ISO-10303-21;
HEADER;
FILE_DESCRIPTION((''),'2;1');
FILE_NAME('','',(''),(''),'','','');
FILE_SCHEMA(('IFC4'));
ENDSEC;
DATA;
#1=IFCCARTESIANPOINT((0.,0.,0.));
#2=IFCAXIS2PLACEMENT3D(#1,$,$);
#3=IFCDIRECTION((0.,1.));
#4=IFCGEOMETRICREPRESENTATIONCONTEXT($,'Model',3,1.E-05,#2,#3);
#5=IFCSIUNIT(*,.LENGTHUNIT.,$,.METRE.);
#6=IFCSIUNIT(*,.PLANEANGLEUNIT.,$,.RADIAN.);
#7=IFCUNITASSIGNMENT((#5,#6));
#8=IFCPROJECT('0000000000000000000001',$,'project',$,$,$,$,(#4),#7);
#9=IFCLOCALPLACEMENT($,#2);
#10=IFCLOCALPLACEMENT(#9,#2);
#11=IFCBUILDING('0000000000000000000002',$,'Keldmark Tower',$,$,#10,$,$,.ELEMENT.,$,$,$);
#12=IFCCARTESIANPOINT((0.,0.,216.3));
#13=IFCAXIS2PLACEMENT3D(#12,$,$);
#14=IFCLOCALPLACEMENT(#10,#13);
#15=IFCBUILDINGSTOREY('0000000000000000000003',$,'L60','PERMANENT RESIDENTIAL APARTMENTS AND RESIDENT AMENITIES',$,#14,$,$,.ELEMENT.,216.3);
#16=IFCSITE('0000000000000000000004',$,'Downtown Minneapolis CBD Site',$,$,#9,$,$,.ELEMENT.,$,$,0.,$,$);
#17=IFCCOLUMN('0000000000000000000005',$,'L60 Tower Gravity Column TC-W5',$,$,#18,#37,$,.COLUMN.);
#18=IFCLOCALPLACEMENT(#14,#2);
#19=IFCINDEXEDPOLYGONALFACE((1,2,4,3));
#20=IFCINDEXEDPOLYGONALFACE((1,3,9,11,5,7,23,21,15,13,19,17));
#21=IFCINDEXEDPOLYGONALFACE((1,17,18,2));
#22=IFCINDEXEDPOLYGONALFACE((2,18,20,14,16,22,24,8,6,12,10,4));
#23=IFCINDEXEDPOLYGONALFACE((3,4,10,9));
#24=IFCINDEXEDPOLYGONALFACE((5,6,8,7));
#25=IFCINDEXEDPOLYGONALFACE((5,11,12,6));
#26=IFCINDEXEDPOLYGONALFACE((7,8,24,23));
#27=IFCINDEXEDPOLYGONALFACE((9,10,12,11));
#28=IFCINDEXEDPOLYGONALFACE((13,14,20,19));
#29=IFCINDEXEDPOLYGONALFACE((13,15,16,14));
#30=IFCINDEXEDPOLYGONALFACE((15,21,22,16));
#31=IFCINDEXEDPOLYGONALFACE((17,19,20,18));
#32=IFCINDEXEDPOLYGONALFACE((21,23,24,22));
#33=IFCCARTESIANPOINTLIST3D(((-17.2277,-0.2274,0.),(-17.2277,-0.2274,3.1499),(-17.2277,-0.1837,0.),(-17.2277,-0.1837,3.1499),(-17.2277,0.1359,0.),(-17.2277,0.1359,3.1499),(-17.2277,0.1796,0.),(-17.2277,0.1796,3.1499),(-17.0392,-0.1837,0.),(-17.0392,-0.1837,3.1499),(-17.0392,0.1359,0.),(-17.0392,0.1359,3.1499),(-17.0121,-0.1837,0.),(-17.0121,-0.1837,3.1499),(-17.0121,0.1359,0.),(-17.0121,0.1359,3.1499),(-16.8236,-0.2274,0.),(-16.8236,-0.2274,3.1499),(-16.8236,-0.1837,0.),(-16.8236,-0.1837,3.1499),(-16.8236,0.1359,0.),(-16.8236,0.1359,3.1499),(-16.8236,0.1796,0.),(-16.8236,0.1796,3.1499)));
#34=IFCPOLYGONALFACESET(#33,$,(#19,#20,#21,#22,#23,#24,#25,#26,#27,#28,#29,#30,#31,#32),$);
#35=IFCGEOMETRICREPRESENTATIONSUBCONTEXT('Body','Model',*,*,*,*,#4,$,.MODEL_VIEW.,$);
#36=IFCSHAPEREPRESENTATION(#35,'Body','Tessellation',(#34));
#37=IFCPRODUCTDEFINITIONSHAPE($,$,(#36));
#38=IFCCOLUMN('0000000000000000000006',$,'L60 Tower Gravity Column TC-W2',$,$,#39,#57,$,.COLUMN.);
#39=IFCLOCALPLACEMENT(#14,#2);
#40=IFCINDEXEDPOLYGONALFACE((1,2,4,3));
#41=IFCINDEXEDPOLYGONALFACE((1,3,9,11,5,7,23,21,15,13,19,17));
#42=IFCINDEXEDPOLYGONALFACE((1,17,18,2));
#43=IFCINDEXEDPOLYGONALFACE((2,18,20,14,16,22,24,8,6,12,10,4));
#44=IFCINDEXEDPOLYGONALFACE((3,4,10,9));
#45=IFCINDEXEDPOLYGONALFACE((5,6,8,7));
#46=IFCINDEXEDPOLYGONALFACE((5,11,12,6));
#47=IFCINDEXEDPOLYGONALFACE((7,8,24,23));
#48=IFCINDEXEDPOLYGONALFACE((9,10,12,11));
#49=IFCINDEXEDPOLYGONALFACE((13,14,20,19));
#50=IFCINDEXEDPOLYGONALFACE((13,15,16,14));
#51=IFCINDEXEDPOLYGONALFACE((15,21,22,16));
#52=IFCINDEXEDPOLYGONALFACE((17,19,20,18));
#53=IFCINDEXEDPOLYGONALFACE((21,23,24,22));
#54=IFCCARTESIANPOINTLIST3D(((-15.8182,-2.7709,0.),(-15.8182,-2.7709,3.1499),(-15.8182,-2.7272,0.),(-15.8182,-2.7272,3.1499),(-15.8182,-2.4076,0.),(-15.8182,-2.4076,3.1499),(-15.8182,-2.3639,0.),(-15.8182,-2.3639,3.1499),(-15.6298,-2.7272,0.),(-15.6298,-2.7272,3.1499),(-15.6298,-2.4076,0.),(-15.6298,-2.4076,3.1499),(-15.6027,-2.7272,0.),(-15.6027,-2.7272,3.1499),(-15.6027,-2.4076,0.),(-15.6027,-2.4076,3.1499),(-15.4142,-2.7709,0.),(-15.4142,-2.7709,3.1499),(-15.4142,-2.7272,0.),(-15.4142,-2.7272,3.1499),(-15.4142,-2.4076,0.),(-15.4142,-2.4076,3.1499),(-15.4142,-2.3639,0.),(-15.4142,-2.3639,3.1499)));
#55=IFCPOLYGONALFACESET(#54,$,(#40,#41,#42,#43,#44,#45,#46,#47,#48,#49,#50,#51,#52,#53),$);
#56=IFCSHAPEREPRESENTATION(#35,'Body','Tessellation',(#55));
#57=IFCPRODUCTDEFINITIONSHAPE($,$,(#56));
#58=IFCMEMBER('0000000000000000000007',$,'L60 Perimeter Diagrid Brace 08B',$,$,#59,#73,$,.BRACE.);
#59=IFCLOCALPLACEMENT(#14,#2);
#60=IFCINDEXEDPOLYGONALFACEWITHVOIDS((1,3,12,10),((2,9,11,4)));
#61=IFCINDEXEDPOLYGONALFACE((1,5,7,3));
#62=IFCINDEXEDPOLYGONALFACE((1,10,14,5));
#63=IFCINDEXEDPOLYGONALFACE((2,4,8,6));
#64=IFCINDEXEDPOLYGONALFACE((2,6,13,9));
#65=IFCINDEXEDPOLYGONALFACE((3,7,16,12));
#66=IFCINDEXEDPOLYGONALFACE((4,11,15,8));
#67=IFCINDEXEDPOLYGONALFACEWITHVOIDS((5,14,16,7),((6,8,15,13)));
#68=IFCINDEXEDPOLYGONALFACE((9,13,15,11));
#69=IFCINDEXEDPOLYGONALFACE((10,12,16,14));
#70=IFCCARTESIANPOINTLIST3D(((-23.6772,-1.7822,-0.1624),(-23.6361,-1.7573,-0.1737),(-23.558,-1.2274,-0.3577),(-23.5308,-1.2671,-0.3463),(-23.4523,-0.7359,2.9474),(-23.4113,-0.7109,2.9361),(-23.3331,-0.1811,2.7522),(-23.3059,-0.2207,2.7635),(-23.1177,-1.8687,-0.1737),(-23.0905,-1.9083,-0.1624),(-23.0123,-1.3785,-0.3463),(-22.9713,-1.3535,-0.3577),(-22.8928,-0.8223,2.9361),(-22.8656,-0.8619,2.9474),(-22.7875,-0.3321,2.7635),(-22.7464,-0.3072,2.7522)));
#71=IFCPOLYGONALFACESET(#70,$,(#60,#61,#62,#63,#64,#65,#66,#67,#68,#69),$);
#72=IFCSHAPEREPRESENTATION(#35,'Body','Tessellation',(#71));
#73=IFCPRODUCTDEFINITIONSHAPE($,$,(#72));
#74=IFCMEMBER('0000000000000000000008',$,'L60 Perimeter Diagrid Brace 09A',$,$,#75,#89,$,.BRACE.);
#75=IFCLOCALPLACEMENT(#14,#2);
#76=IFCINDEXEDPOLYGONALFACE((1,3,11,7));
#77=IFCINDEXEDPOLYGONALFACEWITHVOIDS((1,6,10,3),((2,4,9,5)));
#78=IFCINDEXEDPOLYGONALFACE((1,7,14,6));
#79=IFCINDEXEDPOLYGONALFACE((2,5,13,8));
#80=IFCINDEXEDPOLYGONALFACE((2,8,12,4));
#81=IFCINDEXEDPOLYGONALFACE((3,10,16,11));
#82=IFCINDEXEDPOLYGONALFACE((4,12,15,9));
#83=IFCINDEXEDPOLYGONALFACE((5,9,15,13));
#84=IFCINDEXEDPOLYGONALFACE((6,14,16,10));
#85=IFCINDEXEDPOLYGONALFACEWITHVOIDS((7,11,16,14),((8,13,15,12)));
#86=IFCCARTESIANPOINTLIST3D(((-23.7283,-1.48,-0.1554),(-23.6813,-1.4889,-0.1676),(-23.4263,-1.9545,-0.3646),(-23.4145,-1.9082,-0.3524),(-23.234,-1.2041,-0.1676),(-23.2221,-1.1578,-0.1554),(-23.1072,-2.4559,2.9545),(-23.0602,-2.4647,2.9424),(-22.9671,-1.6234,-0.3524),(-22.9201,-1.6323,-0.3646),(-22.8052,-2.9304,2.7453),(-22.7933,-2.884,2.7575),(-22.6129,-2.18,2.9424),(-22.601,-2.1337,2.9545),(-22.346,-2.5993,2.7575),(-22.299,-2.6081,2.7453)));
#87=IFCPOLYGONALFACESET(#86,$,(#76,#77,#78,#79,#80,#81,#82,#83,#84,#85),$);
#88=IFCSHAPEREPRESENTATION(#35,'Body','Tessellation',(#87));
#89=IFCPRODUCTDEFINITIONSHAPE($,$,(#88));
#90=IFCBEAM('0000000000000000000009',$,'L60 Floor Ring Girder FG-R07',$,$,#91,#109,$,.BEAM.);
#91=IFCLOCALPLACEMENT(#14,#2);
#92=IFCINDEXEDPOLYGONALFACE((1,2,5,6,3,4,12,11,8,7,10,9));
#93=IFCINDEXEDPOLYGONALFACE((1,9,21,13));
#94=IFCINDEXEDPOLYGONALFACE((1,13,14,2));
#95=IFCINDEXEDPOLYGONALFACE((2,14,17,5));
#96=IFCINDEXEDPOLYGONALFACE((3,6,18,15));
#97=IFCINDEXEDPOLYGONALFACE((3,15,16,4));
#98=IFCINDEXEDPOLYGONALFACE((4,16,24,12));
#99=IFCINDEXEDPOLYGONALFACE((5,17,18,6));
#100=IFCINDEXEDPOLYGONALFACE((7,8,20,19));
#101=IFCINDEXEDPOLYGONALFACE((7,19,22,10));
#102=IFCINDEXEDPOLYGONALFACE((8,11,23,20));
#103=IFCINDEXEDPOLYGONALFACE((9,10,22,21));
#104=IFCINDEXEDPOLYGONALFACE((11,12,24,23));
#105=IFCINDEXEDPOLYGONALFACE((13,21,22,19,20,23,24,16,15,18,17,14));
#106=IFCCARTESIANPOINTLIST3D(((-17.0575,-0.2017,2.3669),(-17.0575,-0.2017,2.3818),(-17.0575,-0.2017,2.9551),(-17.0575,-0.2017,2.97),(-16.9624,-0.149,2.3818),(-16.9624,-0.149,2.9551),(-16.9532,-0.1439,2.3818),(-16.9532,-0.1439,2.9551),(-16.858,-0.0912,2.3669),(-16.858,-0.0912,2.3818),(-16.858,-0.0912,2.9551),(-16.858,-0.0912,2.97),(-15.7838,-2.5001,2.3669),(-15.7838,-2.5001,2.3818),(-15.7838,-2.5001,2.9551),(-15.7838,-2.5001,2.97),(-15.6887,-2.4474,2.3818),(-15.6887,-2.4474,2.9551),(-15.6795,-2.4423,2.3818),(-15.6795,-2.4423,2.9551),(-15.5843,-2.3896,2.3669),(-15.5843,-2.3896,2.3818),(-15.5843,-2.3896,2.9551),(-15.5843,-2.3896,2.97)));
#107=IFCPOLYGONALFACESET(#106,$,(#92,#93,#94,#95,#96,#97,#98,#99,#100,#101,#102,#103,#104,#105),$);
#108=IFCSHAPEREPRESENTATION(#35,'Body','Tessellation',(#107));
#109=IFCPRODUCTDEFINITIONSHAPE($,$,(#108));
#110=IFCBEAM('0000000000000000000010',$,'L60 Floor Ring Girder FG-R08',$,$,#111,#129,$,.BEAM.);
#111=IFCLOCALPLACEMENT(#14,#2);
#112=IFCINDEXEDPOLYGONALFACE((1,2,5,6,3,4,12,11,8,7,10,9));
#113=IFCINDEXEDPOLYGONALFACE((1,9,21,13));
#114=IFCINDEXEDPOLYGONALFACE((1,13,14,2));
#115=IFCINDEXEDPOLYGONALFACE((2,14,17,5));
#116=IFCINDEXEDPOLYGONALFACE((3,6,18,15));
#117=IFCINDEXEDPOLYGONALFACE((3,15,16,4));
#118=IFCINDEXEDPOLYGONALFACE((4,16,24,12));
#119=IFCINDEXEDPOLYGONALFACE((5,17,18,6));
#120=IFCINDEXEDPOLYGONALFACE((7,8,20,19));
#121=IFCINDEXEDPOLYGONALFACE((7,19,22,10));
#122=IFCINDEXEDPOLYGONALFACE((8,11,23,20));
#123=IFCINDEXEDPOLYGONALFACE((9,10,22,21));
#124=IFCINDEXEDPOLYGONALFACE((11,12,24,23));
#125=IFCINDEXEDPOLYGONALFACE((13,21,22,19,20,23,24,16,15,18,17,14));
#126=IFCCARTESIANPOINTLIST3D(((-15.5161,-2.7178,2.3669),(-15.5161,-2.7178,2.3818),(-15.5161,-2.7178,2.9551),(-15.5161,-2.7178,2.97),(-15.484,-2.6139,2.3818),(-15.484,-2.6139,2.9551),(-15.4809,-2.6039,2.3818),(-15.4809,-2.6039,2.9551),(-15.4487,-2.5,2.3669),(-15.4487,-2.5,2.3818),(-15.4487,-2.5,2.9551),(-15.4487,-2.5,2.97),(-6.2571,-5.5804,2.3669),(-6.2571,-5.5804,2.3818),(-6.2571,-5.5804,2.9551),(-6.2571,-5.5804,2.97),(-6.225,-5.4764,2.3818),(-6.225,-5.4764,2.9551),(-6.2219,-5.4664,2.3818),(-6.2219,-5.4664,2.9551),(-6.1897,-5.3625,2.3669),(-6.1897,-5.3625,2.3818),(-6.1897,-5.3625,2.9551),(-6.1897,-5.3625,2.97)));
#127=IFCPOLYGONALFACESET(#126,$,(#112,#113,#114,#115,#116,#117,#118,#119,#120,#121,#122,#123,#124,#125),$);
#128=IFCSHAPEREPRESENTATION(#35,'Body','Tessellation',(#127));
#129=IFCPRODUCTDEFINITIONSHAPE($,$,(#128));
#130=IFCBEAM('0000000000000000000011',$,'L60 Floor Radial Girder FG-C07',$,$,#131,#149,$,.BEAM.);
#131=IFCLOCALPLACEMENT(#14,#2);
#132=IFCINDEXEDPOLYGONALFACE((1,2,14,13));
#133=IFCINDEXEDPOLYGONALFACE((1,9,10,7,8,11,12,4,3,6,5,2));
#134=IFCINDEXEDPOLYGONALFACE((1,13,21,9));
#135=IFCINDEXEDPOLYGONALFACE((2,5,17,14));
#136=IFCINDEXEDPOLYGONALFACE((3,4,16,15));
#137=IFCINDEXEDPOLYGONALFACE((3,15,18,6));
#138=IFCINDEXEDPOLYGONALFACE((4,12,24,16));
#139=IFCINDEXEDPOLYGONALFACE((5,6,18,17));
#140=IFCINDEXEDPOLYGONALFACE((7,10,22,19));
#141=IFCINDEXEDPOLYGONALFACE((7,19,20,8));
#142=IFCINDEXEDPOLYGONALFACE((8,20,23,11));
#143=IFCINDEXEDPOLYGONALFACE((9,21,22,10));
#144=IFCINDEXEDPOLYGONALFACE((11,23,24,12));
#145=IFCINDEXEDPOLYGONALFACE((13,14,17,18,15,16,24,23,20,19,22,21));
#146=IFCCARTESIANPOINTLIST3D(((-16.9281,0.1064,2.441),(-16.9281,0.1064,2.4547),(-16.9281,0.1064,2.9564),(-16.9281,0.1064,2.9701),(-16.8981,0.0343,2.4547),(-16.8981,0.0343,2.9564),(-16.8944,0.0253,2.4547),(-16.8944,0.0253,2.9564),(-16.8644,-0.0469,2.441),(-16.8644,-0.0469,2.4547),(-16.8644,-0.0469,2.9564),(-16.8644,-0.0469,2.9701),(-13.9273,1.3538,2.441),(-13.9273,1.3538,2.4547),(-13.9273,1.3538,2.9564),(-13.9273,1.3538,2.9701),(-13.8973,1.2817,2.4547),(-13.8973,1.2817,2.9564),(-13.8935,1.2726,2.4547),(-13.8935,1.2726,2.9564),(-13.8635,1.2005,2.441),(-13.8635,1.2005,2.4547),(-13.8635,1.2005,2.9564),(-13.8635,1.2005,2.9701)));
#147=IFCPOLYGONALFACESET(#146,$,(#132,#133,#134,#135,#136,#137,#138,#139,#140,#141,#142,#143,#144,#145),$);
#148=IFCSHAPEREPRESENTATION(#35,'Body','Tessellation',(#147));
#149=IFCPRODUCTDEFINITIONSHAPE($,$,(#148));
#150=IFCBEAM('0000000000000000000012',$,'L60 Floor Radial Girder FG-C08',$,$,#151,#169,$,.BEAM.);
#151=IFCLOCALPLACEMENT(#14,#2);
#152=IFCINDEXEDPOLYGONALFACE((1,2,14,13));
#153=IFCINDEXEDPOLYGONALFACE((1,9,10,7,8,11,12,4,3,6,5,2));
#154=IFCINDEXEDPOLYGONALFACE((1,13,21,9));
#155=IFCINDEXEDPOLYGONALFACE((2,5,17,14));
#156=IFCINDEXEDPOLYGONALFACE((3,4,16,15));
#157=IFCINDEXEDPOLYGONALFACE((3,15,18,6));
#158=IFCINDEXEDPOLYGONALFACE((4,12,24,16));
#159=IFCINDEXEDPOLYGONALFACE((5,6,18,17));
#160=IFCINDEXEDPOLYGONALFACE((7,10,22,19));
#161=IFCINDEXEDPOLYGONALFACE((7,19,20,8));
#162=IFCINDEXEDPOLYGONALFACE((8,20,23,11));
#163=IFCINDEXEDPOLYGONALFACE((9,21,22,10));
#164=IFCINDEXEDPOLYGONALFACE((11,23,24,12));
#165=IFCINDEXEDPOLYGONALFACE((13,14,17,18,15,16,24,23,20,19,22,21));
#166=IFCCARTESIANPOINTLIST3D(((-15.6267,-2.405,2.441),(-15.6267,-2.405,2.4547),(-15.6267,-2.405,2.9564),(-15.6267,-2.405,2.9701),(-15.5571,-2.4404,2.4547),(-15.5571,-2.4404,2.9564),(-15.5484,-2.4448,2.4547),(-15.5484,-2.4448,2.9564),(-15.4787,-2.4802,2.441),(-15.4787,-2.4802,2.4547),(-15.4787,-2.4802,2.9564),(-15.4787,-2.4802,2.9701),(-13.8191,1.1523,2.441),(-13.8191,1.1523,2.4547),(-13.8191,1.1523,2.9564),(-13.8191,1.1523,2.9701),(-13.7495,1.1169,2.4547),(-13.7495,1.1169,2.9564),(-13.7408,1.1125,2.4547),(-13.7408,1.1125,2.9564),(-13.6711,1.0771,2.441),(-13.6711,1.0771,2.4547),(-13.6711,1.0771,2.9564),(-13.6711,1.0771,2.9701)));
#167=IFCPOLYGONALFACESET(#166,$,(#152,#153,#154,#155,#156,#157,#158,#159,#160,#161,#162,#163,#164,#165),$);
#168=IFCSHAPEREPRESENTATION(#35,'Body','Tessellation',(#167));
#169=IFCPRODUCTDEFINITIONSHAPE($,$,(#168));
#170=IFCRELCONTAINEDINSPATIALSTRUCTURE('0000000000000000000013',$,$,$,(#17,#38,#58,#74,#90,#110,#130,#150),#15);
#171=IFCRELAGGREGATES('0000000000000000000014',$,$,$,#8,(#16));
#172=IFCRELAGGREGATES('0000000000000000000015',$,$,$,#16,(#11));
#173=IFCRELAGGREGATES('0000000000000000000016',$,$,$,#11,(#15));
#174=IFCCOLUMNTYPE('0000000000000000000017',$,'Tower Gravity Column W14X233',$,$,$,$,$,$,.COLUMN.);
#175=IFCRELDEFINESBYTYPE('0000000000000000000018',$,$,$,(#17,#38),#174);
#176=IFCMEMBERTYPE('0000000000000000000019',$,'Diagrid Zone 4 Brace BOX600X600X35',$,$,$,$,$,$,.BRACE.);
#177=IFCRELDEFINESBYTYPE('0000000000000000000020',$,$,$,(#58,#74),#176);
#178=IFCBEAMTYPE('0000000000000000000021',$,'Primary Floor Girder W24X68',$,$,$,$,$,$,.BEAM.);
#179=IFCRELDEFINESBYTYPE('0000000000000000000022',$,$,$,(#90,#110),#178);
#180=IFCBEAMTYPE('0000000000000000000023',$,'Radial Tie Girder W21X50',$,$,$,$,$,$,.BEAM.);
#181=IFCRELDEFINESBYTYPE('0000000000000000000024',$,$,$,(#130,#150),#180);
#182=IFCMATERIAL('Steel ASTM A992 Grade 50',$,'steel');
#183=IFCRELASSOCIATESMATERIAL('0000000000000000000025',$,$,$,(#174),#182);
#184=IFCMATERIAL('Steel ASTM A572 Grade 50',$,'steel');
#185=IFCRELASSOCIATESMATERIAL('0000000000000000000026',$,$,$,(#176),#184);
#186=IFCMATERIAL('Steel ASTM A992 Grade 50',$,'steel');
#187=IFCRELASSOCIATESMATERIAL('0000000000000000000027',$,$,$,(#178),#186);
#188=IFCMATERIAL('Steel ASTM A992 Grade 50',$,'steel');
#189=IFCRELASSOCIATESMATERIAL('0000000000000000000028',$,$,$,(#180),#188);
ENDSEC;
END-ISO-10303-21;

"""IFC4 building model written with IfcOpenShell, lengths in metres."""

from ifc_helpers import new_model, si_unit, direction, frame, origin, origin_2d, place, context, subcontext, project, spatial, hollow_rectangle, i_section, extrude, material, material_profile, profile_set, type_object, element, save


model = new_model("IFC4")

# Units and contexts
model_context = context("Model", 3, precision=1e-05, world=origin(), true_north=direction((0.0, 1.0)))
body_context = subcontext(model_context, "Body", "Model", "MODEL_VIEW")
ifc_project = project(units=[si_unit("LENGTHUNIT", "METRE"), si_unit("PLANEANGLEUNIT", "RADIAN")], contexts=[model_context])

# Site, building, storey
site_placement = place(None, origin())
site = spatial("IfcSite", under=ifc_project, at=site_placement, Name="Downtown Minneapolis CBD Site", CompositionType="ELEMENT", RefElevation=0.0)
building_placement = place(site_placement, origin())
building = spatial("IfcBuilding", under=site, at=building_placement, Name="Keldmark Tower", CompositionType="ELEMENT")
storey_placement = place(building_placement, frame((0.0, 0.0, 216.3)))
storey = spatial("IfcBuildingStorey", under=building, at=storey_placement, Name="L60", Description="PERMANENT RESIDENTIAL APARTMENTS AND RESIDENT AMENITIES", CompositionType="ELEMENT", Elevation=216.3)

# Columns
ifc_material_1 = material(Name="Steel ASTM A992 Grade 50", Category="steel")
ifc_material_profile_1 = material_profile(ifc_material_1, i_section(OverallWidth=0.4041, OverallDepth=0.407, WebThickness=0.0271, FlangeThickness=0.0437, at=origin_2d()), Name="W14X233")
ifc_profile_set_1 = profile_set([ifc_material_profile_1], Name="Steel ASTM A992 Grade 50")
column_type = type_object("IfcColumnType", Name="Tower Gravity Column W14X233", PredefinedType="COLUMN", material=ifc_profile_set_1)
for number, where, z_axis, x_axis, name in (
    (1, (-17.0256, -0.0239, 0.0), (0.0, 0.0, 1.0), (1.0, 0.0, 0.0), "L60 Tower Gravity Column TC-W5"),
    (2, (-15.6162, -2.5674, 0.0), (0.0, 0.0, 1.0), (1.0, 0.0, 0.0), "L60 Tower Gravity Column TC-W2"),
):
    element("IfcColumn", number, at=place(storey_placement, frame(where, z_axis=z_axis, x_axis=x_axis)), inside=storey, type_object=column_type, Name=name, PredefinedType="COLUMN", context=body_context, shape_type="SweptSolid", body=[
        extrude(i_section(OverallWidth=0.4041, OverallDepth=0.407, WebThickness=0.0271, FlangeThickness=0.0437, at=origin_2d()), origin(), (0.0, 0.0, 1.0), 3.1499),
    ])

# Members
ifc_material_2 = material(Name="Steel ASTM A572 Grade 50", Category="steel")
ifc_material_profile_2 = material_profile(ifc_material_2, hollow_rectangle(XDim=0.6001, YDim=0.6001, WallThickness=0.0349, at=origin_2d()), Name="BOX600X600X35")
ifc_profile_set_2 = profile_set([ifc_material_profile_2], Name="Steel ASTM A572 Grade 50")
member_type = type_object("IfcMemberType", Name="Diagrid Zone 4 Brace BOX600X600X35", PredefinedType="BRACE", material=ifc_profile_set_2)
member_1_placement = place(storey_placement, frame((-23.3242, -1.5679, -0.26), z_axis=(0.068368, 0.318159, 0.945569), x_axis=(-0.977682, 0.21009, 0.0)))
element("IfcMember", 3, at=member_1_placement, inside=storey, type_object=member_type, Name="L60 Perimeter Diagrid Brace 08B", PredefinedType="BRACE", context=body_context, shape_type="SweptSolid", body=[
    extrude(hollow_rectangle(XDim=0.6001, YDim=0.6001, WallThickness=0.0349, at=origin_2d()), origin(), (0.0, 0.0, 1.0), 3.2888),
])
member_2_placement = place(storey_placement, frame((-23.3242, -1.5562, -0.26), z_axis=(0.187188, -0.2941, 0.937265), x_axis=(0.843618, 0.536944, 0.0)))
element("IfcMember", 4, at=member_2_placement, inside=storey, type_object=member_type, Name="L60 Perimeter Diagrid Brace 09A", PredefinedType="BRACE", context=body_context, shape_type="SweptSolid", body=[
    extrude(hollow_rectangle(XDim=0.6001, YDim=0.6001, WallThickness=0.0349, at=origin_2d()), origin(), (0.0, 0.0, 1.0), 3.3181),
])

# Beams
ifc_material_3 = material(Name="Steel ASTM A992 Grade 50", Category="steel")
ifc_material_profile_3 = material_profile(ifc_material_3, i_section(OverallWidth=0.228, OverallDepth=0.603, WebThickness=0.0105, FlangeThickness=0.0149, at=origin_2d()), Name="W24X68")
ifc_profile_set_3 = profile_set([ifc_material_profile_3], Name="Steel ASTM A992 Grade 50")
beam_type_1 = type_object("IfcBeamType", Name="Primary Floor Girder W24X68", PredefinedType="BEAM", material=ifc_profile_set_3)
beam_1_placement = place(storey_placement, frame((-16.9578, -0.1465, 2.6685), z_axis=(0.48472, -0.87467, 0.0), x_axis=(0.87467, 0.48472, 0.0)))
element("IfcBeam", 5, at=beam_1_placement, inside=storey, type_object=beam_type_1, Name="L60 Floor Ring Girder FG-R07", PredefinedType="BEAM", context=body_context, shape_type="SweptSolid", body=[
    extrude(i_section(OverallWidth=0.228, OverallDepth=0.603, WebThickness=0.0105, FlangeThickness=0.0149, at=origin_2d()), origin(), (0.0, 0.0, 1.0), 2.6277),
])
beam_2_placement = place(storey_placement, frame((-15.4824, -2.6089, 2.6685), z_axis=(0.955383, -0.295369, 0.0), x_axis=(0.295369, 0.955383, 0.0)))
element("IfcBeam", 6, at=beam_2_placement, inside=storey, type_object=beam_type_1, Name="L60 Floor Ring Girder FG-R08", PredefinedType="BEAM", context=body_context, shape_type="SweptSolid", body=[
    extrude(i_section(OverallWidth=0.228, OverallDepth=0.603, WebThickness=0.0105, FlangeThickness=0.0149, at=origin_2d()), origin(), (0.0, 0.0, 1.0), 9.6914),
])
ifc_material_4 = material(Name="Steel ASTM A992 Grade 50", Category="steel")
ifc_material_profile_4 = material_profile(ifc_material_4, i_section(OverallWidth=0.166, OverallDepth=0.5291, WebThickness=0.0098, FlangeThickness=0.0137, at=origin_2d()), Name="W21X50")
ifc_profile_set_4 = profile_set([ifc_material_profile_4], Name="Steel ASTM A992 Grade 50")
beam_type_2 = type_object("IfcBeamType", Name="Radial Tie Girder W21X50", PredefinedType="BEAM", material=ifc_profile_set_4)
beam_3_placement = place(storey_placement, frame((-16.8962, 0.0298, 2.7056), z_axis=(0.923403, 0.383831, 0.0), x_axis=(-0.383831, 0.923403, 0.0)))
element("IfcBeam", 7, at=beam_3_placement, inside=storey, type_object=beam_type_2, Name="L60 Floor Radial Girder FG-C07", PredefinedType="BEAM", context=body_context, shape_type="SweptSolid", body=[
    extrude(i_section(OverallWidth=0.166, OverallDepth=0.5291, WebThickness=0.0098, FlangeThickness=0.0137, at=origin_2d()), origin(), (0.0, 0.0, 1.0), 3.2498),
])
beam_4_placement = place(storey_placement, frame((-15.5527, -2.4426, 2.7056), z_axis=(0.453004, 0.891508, 0.0), x_axis=(-0.891508, 0.453004, 0.0)))
element("IfcBeam", 8, at=beam_4_placement, inside=storey, type_object=beam_type_2, Name="L60 Floor Radial Girder FG-C08", PredefinedType="BEAM", context=body_context, shape_type="SweptSolid", body=[
    extrude(i_section(OverallWidth=0.166, OverallDepth=0.5291, WebThickness=0.0098, FlangeThickness=0.0137, at=origin_2d()), origin(), (0.0, 0.0, 1.0), 3.9902),
])

save(model, "model.ifc")
